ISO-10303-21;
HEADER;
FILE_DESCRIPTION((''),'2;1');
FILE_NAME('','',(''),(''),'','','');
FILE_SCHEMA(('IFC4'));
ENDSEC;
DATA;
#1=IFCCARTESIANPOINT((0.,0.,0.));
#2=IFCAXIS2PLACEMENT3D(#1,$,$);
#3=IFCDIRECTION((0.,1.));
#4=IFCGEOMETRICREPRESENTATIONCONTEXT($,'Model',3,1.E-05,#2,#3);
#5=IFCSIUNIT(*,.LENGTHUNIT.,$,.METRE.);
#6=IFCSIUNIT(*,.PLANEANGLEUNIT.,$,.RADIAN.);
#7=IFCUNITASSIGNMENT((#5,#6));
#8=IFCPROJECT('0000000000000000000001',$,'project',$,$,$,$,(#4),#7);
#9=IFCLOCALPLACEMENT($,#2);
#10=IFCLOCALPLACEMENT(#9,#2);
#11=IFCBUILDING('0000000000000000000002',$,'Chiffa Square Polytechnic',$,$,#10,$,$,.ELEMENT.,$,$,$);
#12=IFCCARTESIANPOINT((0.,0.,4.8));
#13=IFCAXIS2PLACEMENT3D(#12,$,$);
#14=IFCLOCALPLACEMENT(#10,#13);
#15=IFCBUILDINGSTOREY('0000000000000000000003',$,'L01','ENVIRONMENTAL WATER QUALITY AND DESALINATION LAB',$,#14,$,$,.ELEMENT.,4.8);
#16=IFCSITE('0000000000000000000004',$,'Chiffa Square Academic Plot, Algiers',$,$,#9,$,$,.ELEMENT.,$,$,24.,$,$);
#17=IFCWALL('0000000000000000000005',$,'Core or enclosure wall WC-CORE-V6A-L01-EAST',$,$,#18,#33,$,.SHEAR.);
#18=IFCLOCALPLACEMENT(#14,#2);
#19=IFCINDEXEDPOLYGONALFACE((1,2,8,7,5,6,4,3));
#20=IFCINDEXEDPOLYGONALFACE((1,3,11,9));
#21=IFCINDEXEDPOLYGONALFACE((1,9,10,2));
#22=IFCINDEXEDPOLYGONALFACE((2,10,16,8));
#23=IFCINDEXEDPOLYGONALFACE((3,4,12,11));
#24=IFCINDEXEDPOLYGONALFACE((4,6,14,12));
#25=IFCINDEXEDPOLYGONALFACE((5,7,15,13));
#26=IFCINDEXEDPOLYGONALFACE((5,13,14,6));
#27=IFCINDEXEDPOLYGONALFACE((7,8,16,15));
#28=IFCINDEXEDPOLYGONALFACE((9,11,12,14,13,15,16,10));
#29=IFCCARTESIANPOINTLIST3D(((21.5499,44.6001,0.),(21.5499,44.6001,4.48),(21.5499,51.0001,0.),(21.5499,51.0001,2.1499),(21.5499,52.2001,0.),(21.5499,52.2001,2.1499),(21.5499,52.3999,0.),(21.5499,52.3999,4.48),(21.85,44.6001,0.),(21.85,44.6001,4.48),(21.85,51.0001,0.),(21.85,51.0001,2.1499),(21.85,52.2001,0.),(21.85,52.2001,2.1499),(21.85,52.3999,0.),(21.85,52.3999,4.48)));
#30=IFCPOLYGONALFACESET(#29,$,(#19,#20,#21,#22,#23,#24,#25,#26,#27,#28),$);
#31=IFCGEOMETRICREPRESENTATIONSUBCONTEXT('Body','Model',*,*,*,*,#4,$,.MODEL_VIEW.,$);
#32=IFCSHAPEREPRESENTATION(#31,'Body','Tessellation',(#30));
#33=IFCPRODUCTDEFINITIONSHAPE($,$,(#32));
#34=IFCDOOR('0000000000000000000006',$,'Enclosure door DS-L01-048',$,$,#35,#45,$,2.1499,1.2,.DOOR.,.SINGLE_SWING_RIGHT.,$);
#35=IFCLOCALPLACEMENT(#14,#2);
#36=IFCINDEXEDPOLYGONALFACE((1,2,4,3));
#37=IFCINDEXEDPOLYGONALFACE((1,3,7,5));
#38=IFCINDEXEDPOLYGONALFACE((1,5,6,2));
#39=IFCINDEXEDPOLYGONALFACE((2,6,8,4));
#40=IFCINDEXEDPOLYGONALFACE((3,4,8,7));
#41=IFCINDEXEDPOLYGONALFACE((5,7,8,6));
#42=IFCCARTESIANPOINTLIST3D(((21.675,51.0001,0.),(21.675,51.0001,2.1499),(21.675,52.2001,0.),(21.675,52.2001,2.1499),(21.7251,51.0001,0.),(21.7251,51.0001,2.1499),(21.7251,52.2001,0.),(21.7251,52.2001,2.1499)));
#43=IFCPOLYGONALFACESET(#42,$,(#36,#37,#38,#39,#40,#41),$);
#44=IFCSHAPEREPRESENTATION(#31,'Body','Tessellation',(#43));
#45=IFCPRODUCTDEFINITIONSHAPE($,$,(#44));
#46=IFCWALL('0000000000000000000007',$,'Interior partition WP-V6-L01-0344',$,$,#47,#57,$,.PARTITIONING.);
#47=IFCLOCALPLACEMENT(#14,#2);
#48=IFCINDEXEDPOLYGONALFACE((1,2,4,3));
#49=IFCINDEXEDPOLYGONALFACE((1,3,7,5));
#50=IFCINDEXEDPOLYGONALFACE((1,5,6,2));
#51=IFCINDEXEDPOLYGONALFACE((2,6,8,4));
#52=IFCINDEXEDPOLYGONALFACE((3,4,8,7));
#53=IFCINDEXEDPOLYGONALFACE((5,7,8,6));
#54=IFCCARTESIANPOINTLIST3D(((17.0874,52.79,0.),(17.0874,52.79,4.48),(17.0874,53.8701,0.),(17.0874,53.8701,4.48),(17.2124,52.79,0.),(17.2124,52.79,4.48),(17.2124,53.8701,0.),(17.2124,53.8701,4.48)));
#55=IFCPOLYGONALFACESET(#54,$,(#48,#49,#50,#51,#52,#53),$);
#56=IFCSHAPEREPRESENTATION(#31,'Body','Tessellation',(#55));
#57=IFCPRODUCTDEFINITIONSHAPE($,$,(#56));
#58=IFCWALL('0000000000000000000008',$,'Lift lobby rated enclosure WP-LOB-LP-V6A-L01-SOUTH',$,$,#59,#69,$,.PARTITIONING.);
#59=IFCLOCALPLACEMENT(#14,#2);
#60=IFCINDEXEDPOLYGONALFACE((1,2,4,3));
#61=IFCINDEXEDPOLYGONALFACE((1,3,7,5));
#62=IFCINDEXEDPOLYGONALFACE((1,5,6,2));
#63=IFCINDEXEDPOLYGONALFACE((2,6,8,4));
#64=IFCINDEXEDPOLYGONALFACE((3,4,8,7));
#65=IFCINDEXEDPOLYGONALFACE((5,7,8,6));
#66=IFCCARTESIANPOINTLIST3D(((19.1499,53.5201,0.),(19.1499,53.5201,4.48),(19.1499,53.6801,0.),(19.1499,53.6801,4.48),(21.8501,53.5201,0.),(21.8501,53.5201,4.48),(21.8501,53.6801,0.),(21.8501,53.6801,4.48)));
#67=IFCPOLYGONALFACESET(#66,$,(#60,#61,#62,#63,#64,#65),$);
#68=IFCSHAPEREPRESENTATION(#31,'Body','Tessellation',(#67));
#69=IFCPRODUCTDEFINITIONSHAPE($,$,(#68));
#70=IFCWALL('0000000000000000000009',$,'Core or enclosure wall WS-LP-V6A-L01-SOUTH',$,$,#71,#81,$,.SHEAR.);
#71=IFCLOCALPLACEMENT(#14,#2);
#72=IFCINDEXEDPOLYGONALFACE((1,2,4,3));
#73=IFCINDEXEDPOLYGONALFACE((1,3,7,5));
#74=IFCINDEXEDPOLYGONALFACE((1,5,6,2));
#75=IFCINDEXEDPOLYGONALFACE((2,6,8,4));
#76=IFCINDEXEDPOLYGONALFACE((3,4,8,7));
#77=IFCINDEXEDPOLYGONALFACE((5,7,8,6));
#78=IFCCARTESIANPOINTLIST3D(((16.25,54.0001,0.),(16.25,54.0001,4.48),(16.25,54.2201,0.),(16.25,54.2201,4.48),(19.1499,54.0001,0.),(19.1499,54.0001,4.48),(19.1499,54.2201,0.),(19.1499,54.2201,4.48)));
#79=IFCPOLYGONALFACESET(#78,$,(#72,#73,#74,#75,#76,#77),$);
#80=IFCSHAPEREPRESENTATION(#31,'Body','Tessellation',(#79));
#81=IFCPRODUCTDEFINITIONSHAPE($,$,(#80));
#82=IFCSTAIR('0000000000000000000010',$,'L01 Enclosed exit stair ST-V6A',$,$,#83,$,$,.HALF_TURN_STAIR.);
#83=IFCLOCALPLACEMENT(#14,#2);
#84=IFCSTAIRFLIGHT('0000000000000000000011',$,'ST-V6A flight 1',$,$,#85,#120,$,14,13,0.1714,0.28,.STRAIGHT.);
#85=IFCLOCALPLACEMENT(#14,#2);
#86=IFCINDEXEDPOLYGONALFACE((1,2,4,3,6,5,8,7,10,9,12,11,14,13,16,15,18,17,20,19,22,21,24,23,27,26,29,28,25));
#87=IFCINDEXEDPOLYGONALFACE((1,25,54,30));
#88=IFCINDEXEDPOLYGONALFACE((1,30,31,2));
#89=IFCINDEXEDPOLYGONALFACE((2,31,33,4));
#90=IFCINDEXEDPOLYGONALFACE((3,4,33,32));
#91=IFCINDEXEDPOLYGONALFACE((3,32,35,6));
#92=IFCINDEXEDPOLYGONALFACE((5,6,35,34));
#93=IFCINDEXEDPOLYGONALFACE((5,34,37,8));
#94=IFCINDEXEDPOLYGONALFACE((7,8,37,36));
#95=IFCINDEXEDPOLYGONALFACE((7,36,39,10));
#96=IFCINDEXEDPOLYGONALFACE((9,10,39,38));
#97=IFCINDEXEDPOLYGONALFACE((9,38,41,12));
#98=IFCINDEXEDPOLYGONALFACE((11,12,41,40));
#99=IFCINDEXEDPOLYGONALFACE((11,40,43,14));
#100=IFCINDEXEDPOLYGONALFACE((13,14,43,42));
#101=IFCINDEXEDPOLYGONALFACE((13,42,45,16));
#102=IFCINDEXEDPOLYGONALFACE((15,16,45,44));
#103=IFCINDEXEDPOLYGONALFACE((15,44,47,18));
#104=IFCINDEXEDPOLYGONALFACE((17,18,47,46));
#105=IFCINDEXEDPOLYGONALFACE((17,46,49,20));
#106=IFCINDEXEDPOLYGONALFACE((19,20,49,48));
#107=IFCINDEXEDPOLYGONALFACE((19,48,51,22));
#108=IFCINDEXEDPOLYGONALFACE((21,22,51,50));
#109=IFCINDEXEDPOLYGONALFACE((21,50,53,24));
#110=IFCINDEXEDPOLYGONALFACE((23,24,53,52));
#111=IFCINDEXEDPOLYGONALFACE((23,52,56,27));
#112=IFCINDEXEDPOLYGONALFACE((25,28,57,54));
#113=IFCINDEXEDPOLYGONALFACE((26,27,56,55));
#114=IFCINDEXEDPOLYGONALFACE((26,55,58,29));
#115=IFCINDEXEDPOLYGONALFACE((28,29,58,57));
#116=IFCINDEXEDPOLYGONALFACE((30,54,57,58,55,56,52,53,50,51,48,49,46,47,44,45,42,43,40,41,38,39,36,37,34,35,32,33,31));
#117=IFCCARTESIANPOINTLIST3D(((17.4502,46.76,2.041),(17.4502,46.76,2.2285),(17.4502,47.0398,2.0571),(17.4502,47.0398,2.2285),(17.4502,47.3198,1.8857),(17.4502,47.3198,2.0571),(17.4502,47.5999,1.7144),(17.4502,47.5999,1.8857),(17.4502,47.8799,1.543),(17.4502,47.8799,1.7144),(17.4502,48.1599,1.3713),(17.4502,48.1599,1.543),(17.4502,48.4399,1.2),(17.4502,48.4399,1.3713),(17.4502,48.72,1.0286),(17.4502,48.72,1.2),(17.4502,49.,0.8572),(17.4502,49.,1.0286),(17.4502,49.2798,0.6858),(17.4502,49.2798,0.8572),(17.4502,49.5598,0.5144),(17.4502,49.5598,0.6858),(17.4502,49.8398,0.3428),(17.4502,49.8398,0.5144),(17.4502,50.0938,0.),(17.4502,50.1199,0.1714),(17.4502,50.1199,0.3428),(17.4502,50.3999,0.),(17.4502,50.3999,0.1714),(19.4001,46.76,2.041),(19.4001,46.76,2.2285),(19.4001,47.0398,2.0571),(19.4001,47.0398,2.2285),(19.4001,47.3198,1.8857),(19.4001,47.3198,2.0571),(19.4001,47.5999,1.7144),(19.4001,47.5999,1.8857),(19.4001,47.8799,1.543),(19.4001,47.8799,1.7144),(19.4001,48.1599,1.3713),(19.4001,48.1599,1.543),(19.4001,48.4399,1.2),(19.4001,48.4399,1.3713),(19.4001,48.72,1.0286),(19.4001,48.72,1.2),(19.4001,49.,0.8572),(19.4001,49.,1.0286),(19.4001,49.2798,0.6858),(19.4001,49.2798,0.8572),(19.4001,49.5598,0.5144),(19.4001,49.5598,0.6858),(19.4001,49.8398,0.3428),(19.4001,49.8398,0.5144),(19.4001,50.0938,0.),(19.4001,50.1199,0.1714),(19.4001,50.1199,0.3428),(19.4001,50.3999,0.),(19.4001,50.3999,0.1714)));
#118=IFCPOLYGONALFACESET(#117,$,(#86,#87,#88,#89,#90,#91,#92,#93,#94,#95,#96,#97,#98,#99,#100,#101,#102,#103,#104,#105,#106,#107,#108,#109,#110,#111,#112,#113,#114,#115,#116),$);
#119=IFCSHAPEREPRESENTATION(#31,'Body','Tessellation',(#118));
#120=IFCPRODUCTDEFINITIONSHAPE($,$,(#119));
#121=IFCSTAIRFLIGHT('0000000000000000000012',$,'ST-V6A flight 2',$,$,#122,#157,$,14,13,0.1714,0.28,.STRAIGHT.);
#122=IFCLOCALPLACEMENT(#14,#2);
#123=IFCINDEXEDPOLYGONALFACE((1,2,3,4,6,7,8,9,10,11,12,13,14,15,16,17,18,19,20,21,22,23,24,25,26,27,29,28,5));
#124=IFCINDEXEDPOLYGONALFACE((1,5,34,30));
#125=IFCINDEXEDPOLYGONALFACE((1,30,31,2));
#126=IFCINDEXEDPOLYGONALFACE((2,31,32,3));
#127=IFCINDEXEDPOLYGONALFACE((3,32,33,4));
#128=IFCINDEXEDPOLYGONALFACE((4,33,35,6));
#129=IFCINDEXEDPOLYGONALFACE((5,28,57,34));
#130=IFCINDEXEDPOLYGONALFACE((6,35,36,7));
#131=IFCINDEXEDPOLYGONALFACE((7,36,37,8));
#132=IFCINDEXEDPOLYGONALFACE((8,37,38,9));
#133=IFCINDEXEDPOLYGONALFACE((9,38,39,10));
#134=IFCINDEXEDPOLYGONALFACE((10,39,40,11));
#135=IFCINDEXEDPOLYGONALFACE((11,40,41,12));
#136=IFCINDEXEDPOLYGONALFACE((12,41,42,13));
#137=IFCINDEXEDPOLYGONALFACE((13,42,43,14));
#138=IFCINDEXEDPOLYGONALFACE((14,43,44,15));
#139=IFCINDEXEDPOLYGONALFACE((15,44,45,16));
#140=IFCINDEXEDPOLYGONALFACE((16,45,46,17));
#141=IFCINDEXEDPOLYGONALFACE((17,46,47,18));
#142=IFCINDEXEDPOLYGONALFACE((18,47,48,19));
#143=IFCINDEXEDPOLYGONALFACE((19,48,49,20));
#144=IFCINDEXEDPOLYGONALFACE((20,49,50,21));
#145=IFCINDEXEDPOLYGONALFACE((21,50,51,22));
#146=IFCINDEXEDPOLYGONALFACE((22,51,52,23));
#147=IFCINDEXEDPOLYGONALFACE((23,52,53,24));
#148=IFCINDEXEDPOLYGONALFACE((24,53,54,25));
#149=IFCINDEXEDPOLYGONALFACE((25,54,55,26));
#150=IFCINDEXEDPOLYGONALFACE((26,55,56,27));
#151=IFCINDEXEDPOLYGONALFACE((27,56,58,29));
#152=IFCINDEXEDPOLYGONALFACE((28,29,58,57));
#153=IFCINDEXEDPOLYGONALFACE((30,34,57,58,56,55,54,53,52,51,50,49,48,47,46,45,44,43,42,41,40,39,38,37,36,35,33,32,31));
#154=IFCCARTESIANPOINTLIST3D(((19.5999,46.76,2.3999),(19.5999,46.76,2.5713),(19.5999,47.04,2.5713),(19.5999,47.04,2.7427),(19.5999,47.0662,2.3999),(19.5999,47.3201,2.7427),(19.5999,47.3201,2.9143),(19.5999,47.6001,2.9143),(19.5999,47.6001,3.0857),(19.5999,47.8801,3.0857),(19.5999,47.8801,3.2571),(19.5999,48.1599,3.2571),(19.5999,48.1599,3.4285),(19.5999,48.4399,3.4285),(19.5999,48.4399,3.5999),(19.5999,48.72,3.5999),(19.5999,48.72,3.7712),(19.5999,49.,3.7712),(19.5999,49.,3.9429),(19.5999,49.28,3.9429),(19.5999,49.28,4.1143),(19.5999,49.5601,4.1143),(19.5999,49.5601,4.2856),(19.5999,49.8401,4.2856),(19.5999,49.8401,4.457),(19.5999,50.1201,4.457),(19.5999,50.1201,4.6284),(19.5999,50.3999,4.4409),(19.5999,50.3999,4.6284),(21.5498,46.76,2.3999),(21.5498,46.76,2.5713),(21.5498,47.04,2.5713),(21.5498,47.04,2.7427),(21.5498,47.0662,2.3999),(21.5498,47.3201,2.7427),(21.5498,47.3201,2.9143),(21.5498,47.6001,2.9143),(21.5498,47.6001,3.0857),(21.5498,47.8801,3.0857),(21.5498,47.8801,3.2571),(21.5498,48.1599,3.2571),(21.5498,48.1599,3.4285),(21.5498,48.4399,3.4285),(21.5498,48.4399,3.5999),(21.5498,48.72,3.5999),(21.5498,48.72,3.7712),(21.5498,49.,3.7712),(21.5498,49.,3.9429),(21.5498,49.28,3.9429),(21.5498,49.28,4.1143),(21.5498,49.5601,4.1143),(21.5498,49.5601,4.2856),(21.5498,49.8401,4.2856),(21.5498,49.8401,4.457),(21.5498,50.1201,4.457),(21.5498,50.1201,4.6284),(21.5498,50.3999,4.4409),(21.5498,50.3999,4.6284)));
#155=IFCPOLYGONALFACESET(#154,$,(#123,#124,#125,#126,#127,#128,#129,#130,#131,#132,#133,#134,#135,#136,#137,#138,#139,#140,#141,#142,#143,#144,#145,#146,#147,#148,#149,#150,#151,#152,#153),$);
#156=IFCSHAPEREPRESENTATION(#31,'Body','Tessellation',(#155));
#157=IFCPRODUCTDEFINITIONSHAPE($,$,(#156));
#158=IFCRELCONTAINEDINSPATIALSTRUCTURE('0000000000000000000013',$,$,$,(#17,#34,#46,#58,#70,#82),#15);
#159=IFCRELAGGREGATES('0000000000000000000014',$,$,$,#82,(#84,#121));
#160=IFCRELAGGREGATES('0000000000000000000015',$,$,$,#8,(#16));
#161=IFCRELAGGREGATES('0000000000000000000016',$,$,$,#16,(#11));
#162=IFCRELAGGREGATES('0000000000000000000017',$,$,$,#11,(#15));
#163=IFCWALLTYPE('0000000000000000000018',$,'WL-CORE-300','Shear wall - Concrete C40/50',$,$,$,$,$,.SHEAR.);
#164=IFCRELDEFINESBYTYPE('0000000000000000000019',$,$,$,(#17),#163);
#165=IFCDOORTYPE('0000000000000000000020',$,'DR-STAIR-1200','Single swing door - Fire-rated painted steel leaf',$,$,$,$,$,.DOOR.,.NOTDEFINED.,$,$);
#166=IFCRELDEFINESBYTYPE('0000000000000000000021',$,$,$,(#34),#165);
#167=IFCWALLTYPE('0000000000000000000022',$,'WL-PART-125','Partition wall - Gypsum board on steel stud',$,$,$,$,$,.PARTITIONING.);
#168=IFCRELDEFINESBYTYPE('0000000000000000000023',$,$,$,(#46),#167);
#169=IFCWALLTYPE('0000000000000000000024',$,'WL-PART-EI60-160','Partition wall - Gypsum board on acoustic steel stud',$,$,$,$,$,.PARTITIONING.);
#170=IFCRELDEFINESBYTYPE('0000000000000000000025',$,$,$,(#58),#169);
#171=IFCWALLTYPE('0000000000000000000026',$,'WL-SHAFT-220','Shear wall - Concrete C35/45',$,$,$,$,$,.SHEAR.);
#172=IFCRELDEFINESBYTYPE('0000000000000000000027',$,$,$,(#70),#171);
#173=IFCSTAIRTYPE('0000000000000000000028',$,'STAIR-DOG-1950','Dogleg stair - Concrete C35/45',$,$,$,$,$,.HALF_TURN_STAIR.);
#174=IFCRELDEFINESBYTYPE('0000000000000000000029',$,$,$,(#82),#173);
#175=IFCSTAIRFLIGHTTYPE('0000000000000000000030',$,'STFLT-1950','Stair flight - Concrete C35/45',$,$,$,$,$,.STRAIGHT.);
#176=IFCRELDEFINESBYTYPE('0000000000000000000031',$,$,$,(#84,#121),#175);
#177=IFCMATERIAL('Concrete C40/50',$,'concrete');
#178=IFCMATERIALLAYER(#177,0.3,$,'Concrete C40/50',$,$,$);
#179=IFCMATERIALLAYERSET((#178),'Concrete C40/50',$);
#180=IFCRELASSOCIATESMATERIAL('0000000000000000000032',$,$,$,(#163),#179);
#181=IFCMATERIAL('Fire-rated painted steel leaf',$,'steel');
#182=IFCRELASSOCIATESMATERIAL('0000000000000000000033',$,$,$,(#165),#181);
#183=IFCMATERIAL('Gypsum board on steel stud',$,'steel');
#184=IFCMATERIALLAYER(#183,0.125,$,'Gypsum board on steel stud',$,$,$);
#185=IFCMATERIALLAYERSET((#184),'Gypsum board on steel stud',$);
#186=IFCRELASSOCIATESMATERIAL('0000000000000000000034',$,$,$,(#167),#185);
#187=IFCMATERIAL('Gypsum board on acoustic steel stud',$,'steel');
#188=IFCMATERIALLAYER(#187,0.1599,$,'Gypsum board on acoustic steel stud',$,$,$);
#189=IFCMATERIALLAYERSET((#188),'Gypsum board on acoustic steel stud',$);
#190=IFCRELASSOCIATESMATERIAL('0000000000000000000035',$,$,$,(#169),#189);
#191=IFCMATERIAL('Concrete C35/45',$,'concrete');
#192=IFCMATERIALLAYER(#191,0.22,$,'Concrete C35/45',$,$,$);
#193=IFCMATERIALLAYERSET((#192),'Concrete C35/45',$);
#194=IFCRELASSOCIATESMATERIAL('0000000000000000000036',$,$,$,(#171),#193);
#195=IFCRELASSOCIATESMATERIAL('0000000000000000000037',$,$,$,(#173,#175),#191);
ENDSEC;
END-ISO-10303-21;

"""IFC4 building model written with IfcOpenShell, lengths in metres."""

from ifc_helpers import new_model, si_unit, direction, frame, frame_2d, origin, place, context, subcontext, project, spatial, polyline, rectangle, outline, extrude, material, layer, layer_set, type_object, element, fill, aggregate, save


model = new_model("IFC4")

# Units and contexts
model_context = context("Model", 3, precision=1e-05, world=origin(), true_north=direction((0.0, 1.0)))
body_context = subcontext(model_context, "Body", "Model", "MODEL_VIEW")
ifc_project = project(units=[si_unit("LENGTHUNIT", "METRE"), si_unit("PLANEANGLEUNIT", "RADIAN")], contexts=[model_context])

# Site, building, storey
site_placement = place(None, origin())
site = spatial("IfcSite", under=ifc_project, at=site_placement, Name="Chiffa Square Academic Plot, Algiers", CompositionType="ELEMENT", RefElevation=24.0)
building_placement = place(site_placement, origin())
building = spatial("IfcBuilding", under=site, at=building_placement, Name="Chiffa Square Polytechnic", CompositionType="ELEMENT")
storey_placement = place(building_placement, frame((0.0, 0.0, 4.8)))
storey = spatial("IfcBuildingStorey", under=building, at=storey_placement, Name="L01", Description="ENVIRONMENTAL WATER QUALITY AND DESALINATION LAB", CompositionType="ELEMENT", Elevation=4.8)

# Shared definitions
ifc_material_1 = material(Name="Concrete C35/45", Category="concrete")

# Shared definitions
ifc_material_2 = material(Name="Concrete C40/50", Category="concrete")
ifc_layer_1 = layer(ifc_material_2, 0.3, Name="Concrete C40/50")
ifc_layer_set_1 = layer_set([ifc_layer_1], Name="Concrete C40/50")
wall_type_1 = type_object("IfcWallType", Name="WL-CORE-300", Description="Shear wall - Concrete C40/50", PredefinedType="SHEAR", material=ifc_layer_set_1)

# Wall, opening, door
wall_1_placement = place(storey_placement, frame((21.7, 44.6001, 0.0), z_axis=(0.0, 0.0, 1.0), x_axis=(0.0, 1.0, 0.0)))
wall_1 = element("IfcWall", 1, at=wall_1_placement, inside=storey, type_object=wall_type_1, Name="Core or enclosure wall WC-CORE-V6A-L01-EAST", PredefinedType="SHEAR", context=body_context, shape_type="SweptSolid", body=[
    extrude(rectangle(XDim=7.7998, YDim=0.3, at=frame_2d((3.8999, 0.0))), origin(), (0.0, 0.0, 1.0), 4.48),
])
opening_1_placement = place(wall_1_placement, frame((6.3999, 0.0, 0.0)))
opening_1 = element("IfcOpeningElement", 2, at=opening_1_placement, cuts=wall_1, PredefinedType="OPENING", context=body_context, shape_type="SweptSolid", body=[
    extrude(rectangle(XDim=1.2, YDim=2.1499, at=frame_2d((0.6001, 1.075))), frame((0.0, 0.1602, 0.0), z_axis=(0.0, -1.0, 0.0), x_axis=(1.0, 0.0, 0.0)), (0.0, 0.0, 1.0), 0.3201),
])
ifc_material_3 = material(Name="Fire-rated painted steel leaf", Category="steel")
door_type_1 = type_object("IfcDoorType", Name="DR-STAIR-1200", Description="Single swing door - Fire-rated painted steel leaf", OperationType="NOTDEFINED", PredefinedType="DOOR", material=ifc_material_3)
door_1_placement = place(opening_1_placement, origin())
door_1 = element("IfcDoor", 3, at=door_1_placement, inside=storey, type_object=door_type_1, Name="Enclosure door DS-L01-048", OperationType="SINGLE_SWING_RIGHT", OverallHeight=2.1499, OverallWidth=1.2, PredefinedType="DOOR", context=body_context, shape_type="SweptSolid", body=[
    extrude(rectangle(XDim=1.2, YDim=2.1499, at=frame_2d((0.6001, 1.075))), frame((0.0, 0.0249, 0.0), z_axis=(0.0, -1.0, 0.0), x_axis=(1.0, 0.0, 0.0)), (0.0, 0.0, 1.0), 0.05),
])
fill(opening_1, door_1)

# Walls
ifc_material_4 = material(Name="Gypsum board on steel stud", Category="steel")
ifc_layer_2 = layer(ifc_material_4, 0.125, Name="Gypsum board on steel stud")
ifc_layer_set_2 = layer_set([ifc_layer_2], Name="Gypsum board on steel stud")
wall_type_2 = type_object("IfcWallType", Name="WL-PART-125", Description="Partition wall - Gypsum board on steel stud", PredefinedType="PARTITIONING", material=ifc_layer_set_2)
wall_2_placement = place(storey_placement, frame((17.1499, 52.79, 0.0), z_axis=(0.0, 0.0, 1.0), x_axis=(0.0, 1.0, 0.0)))
element("IfcWall", 4, at=wall_2_placement, inside=storey, type_object=wall_type_2, Name="Interior partition WP-V6-L01-0344", PredefinedType="PARTITIONING", context=body_context, shape_type="SweptSolid", body=[
    extrude(rectangle(XDim=1.0801, YDim=0.125, at=frame_2d((0.54, 0.0))), origin(), (0.0, 0.0, 1.0), 4.48),
])
ifc_material_5 = material(Name="Gypsum board on acoustic steel stud", Category="steel")
ifc_layer_3 = layer(ifc_material_5, 0.1599, Name="Gypsum board on acoustic steel stud")
ifc_layer_set_3 = layer_set([ifc_layer_3], Name="Gypsum board on acoustic steel stud")
wall_type_3 = type_object("IfcWallType", Name="WL-PART-EI60-160", Description="Partition wall - Gypsum board on acoustic steel stud", PredefinedType="PARTITIONING", material=ifc_layer_set_3)
wall_3_placement = place(storey_placement, frame((19.1499, 53.6001, 0.0), z_axis=(0.0, 0.0, 1.0), x_axis=(1.0, 0.0, 0.0)))
element("IfcWall", 5, at=wall_3_placement, inside=storey, type_object=wall_type_3, Name="Lift lobby rated enclosure WP-LOB-LP-V6A-L01-SOUTH", PredefinedType="PARTITIONING", context=body_context, shape_type="SweptSolid", body=[
    extrude(rectangle(XDim=2.7002, YDim=0.1599, at=frame_2d((1.3501, 0.0))), origin(), (0.0, 0.0, 1.0), 4.48),
])

# Wall
ifc_layer_4 = layer(ifc_material_1, 0.22, Name="Concrete C35/45")
ifc_layer_set_4 = layer_set([ifc_layer_4], Name="Concrete C35/45")
wall_type_4 = type_object("IfcWallType", Name="WL-SHAFT-220", Description="Shear wall - Concrete C35/45", PredefinedType="SHEAR", material=ifc_layer_set_4)
wall_4_placement = place(storey_placement, frame((16.25, 54.1101, 0.0), z_axis=(0.0, 0.0, 1.0), x_axis=(1.0, 0.0, 0.0)))
element("IfcWall", 6, at=wall_4_placement, inside=storey, type_object=wall_type_4, Name="Core or enclosure wall WS-LP-V6A-L01-SOUTH", PredefinedType="SHEAR", context=body_context, shape_type="SweptSolid", body=[
    extrude(rectangle(XDim=2.8999, YDim=0.22, at=frame_2d((1.45, 0.0))), origin(), (0.0, 0.0, 1.0), 4.48),
])

# Stair, stair flights
stair_type = type_object("IfcStairType", Name="STAIR-DOG-1950", Description="Dogleg stair - Concrete C35/45", PredefinedType="HALF_TURN_STAIR", material=ifc_material_1)
stair_placement = place(storey_placement, origin())
stair = element("IfcStair", 7, at=stair_placement, inside=storey, type_object=stair_type, Name="L01 Enclosed exit stair ST-V6A", PredefinedType="HALF_TURN_STAIR")
stair_flight_type = type_object("IfcStairFlightType", Name="STFLT-1950", Description="Stair flight - Concrete C35/45", PredefinedType="STRAIGHT", material=ifc_material_1)
stair_flight_1_placement = place(storey_placement, frame((18.425, 50.3999, 0.0), z_axis=(0.0, 0.0, 1.0), x_axis=(0.0, -1.0, 0.0)))
stair_flight_1 = element("IfcStairFlight", 8, at=stair_flight_1_placement, type_object=stair_flight_type, Name="ST-V6A flight 1", NumberOfRisers=14, NumberOfTreads=13, PredefinedType="STRAIGHT", RiserHeight=0.1714, TreadLength=0.28, context=body_context, shape_type="SweptSolid", body=[
    extrude(outline(polyline([(0.0, 0.0), (0.0, 0.1714), (0.28, 0.1714), (0.28, 0.3428), (0.5601, 0.3428), (0.5601, 0.5144), (0.8401, 0.5144), (0.8401, 0.6858), (1.1201, 0.6858), (1.1201, 0.8572), (1.3999, 0.8572), (1.3999, 1.0286), (1.6799, 1.0286), (1.6799, 1.2), (1.96, 1.2), (1.96, 1.3713), (2.24, 1.3713), (2.24, 1.543), (2.52, 1.543), (2.52, 1.7144), (2.8, 1.7144), (2.8, 1.8857), (3.0801, 1.8857), (3.0801, 2.0571), (3.3601, 2.0571), (3.3601, 2.2285), (3.6399, 2.2285), (3.6399, 2.3999), (3.6399, 2.041), (0.3062, 0.0), (0.0, 0.0)])), frame((0.0, 0.9751, 0.0), z_axis=(0.0, -1.0, 0.0), x_axis=(1.0, 0.0, 0.0)), (0.0, 0.0, 1.0), 1.95),
])
stair_flight_2_placement = place(storey_placement, frame((20.575, 46.76, 2.3999), z_axis=(0.0, 0.0, 1.0), x_axis=(0.0, 1.0, 0.0)))
stair_flight_2 = element("IfcStairFlight", 9, at=stair_flight_2_placement, type_object=stair_flight_type, Name="ST-V6A flight 2", NumberOfRisers=14, NumberOfTreads=13, PredefinedType="STRAIGHT", RiserHeight=0.1714, TreadLength=0.28, context=body_context, shape_type="SweptSolid", body=[
    extrude(outline(polyline([(0.0, 0.0), (0.0, 0.1714), (0.28, 0.1714), (0.28, 0.3428), (0.5601, 0.3428), (0.5601, 0.5144), (0.8401, 0.5144), (0.8401, 0.6858), (1.1201, 0.6858), (1.1201, 0.8572), (1.3999, 0.8572), (1.3999, 1.0286), (1.6799, 1.0286), (1.6799, 1.2), (1.96, 1.2), (1.96, 1.3713), (2.24, 1.3713), (2.24, 1.543), (2.52, 1.543), (2.52, 1.7144), (2.8, 1.7144), (2.8, 1.8857), (3.0801, 1.8857), (3.0801, 2.0571), (3.3601, 2.0571), (3.3601, 2.2285), (3.6399, 2.2285), (3.6399, 2.3999), (3.6399, 2.041), (0.3062, 0.0), (0.0, 0.0)])), frame((0.0, 0.9751, 0.0), z_axis=(0.0, -1.0, 0.0), x_axis=(1.0, 0.0, 0.0)), (0.0, 0.0, 1.0), 1.95),
])
aggregate(stair, [stair_flight_1, stair_flight_2])

save(model, "model.ifc")
